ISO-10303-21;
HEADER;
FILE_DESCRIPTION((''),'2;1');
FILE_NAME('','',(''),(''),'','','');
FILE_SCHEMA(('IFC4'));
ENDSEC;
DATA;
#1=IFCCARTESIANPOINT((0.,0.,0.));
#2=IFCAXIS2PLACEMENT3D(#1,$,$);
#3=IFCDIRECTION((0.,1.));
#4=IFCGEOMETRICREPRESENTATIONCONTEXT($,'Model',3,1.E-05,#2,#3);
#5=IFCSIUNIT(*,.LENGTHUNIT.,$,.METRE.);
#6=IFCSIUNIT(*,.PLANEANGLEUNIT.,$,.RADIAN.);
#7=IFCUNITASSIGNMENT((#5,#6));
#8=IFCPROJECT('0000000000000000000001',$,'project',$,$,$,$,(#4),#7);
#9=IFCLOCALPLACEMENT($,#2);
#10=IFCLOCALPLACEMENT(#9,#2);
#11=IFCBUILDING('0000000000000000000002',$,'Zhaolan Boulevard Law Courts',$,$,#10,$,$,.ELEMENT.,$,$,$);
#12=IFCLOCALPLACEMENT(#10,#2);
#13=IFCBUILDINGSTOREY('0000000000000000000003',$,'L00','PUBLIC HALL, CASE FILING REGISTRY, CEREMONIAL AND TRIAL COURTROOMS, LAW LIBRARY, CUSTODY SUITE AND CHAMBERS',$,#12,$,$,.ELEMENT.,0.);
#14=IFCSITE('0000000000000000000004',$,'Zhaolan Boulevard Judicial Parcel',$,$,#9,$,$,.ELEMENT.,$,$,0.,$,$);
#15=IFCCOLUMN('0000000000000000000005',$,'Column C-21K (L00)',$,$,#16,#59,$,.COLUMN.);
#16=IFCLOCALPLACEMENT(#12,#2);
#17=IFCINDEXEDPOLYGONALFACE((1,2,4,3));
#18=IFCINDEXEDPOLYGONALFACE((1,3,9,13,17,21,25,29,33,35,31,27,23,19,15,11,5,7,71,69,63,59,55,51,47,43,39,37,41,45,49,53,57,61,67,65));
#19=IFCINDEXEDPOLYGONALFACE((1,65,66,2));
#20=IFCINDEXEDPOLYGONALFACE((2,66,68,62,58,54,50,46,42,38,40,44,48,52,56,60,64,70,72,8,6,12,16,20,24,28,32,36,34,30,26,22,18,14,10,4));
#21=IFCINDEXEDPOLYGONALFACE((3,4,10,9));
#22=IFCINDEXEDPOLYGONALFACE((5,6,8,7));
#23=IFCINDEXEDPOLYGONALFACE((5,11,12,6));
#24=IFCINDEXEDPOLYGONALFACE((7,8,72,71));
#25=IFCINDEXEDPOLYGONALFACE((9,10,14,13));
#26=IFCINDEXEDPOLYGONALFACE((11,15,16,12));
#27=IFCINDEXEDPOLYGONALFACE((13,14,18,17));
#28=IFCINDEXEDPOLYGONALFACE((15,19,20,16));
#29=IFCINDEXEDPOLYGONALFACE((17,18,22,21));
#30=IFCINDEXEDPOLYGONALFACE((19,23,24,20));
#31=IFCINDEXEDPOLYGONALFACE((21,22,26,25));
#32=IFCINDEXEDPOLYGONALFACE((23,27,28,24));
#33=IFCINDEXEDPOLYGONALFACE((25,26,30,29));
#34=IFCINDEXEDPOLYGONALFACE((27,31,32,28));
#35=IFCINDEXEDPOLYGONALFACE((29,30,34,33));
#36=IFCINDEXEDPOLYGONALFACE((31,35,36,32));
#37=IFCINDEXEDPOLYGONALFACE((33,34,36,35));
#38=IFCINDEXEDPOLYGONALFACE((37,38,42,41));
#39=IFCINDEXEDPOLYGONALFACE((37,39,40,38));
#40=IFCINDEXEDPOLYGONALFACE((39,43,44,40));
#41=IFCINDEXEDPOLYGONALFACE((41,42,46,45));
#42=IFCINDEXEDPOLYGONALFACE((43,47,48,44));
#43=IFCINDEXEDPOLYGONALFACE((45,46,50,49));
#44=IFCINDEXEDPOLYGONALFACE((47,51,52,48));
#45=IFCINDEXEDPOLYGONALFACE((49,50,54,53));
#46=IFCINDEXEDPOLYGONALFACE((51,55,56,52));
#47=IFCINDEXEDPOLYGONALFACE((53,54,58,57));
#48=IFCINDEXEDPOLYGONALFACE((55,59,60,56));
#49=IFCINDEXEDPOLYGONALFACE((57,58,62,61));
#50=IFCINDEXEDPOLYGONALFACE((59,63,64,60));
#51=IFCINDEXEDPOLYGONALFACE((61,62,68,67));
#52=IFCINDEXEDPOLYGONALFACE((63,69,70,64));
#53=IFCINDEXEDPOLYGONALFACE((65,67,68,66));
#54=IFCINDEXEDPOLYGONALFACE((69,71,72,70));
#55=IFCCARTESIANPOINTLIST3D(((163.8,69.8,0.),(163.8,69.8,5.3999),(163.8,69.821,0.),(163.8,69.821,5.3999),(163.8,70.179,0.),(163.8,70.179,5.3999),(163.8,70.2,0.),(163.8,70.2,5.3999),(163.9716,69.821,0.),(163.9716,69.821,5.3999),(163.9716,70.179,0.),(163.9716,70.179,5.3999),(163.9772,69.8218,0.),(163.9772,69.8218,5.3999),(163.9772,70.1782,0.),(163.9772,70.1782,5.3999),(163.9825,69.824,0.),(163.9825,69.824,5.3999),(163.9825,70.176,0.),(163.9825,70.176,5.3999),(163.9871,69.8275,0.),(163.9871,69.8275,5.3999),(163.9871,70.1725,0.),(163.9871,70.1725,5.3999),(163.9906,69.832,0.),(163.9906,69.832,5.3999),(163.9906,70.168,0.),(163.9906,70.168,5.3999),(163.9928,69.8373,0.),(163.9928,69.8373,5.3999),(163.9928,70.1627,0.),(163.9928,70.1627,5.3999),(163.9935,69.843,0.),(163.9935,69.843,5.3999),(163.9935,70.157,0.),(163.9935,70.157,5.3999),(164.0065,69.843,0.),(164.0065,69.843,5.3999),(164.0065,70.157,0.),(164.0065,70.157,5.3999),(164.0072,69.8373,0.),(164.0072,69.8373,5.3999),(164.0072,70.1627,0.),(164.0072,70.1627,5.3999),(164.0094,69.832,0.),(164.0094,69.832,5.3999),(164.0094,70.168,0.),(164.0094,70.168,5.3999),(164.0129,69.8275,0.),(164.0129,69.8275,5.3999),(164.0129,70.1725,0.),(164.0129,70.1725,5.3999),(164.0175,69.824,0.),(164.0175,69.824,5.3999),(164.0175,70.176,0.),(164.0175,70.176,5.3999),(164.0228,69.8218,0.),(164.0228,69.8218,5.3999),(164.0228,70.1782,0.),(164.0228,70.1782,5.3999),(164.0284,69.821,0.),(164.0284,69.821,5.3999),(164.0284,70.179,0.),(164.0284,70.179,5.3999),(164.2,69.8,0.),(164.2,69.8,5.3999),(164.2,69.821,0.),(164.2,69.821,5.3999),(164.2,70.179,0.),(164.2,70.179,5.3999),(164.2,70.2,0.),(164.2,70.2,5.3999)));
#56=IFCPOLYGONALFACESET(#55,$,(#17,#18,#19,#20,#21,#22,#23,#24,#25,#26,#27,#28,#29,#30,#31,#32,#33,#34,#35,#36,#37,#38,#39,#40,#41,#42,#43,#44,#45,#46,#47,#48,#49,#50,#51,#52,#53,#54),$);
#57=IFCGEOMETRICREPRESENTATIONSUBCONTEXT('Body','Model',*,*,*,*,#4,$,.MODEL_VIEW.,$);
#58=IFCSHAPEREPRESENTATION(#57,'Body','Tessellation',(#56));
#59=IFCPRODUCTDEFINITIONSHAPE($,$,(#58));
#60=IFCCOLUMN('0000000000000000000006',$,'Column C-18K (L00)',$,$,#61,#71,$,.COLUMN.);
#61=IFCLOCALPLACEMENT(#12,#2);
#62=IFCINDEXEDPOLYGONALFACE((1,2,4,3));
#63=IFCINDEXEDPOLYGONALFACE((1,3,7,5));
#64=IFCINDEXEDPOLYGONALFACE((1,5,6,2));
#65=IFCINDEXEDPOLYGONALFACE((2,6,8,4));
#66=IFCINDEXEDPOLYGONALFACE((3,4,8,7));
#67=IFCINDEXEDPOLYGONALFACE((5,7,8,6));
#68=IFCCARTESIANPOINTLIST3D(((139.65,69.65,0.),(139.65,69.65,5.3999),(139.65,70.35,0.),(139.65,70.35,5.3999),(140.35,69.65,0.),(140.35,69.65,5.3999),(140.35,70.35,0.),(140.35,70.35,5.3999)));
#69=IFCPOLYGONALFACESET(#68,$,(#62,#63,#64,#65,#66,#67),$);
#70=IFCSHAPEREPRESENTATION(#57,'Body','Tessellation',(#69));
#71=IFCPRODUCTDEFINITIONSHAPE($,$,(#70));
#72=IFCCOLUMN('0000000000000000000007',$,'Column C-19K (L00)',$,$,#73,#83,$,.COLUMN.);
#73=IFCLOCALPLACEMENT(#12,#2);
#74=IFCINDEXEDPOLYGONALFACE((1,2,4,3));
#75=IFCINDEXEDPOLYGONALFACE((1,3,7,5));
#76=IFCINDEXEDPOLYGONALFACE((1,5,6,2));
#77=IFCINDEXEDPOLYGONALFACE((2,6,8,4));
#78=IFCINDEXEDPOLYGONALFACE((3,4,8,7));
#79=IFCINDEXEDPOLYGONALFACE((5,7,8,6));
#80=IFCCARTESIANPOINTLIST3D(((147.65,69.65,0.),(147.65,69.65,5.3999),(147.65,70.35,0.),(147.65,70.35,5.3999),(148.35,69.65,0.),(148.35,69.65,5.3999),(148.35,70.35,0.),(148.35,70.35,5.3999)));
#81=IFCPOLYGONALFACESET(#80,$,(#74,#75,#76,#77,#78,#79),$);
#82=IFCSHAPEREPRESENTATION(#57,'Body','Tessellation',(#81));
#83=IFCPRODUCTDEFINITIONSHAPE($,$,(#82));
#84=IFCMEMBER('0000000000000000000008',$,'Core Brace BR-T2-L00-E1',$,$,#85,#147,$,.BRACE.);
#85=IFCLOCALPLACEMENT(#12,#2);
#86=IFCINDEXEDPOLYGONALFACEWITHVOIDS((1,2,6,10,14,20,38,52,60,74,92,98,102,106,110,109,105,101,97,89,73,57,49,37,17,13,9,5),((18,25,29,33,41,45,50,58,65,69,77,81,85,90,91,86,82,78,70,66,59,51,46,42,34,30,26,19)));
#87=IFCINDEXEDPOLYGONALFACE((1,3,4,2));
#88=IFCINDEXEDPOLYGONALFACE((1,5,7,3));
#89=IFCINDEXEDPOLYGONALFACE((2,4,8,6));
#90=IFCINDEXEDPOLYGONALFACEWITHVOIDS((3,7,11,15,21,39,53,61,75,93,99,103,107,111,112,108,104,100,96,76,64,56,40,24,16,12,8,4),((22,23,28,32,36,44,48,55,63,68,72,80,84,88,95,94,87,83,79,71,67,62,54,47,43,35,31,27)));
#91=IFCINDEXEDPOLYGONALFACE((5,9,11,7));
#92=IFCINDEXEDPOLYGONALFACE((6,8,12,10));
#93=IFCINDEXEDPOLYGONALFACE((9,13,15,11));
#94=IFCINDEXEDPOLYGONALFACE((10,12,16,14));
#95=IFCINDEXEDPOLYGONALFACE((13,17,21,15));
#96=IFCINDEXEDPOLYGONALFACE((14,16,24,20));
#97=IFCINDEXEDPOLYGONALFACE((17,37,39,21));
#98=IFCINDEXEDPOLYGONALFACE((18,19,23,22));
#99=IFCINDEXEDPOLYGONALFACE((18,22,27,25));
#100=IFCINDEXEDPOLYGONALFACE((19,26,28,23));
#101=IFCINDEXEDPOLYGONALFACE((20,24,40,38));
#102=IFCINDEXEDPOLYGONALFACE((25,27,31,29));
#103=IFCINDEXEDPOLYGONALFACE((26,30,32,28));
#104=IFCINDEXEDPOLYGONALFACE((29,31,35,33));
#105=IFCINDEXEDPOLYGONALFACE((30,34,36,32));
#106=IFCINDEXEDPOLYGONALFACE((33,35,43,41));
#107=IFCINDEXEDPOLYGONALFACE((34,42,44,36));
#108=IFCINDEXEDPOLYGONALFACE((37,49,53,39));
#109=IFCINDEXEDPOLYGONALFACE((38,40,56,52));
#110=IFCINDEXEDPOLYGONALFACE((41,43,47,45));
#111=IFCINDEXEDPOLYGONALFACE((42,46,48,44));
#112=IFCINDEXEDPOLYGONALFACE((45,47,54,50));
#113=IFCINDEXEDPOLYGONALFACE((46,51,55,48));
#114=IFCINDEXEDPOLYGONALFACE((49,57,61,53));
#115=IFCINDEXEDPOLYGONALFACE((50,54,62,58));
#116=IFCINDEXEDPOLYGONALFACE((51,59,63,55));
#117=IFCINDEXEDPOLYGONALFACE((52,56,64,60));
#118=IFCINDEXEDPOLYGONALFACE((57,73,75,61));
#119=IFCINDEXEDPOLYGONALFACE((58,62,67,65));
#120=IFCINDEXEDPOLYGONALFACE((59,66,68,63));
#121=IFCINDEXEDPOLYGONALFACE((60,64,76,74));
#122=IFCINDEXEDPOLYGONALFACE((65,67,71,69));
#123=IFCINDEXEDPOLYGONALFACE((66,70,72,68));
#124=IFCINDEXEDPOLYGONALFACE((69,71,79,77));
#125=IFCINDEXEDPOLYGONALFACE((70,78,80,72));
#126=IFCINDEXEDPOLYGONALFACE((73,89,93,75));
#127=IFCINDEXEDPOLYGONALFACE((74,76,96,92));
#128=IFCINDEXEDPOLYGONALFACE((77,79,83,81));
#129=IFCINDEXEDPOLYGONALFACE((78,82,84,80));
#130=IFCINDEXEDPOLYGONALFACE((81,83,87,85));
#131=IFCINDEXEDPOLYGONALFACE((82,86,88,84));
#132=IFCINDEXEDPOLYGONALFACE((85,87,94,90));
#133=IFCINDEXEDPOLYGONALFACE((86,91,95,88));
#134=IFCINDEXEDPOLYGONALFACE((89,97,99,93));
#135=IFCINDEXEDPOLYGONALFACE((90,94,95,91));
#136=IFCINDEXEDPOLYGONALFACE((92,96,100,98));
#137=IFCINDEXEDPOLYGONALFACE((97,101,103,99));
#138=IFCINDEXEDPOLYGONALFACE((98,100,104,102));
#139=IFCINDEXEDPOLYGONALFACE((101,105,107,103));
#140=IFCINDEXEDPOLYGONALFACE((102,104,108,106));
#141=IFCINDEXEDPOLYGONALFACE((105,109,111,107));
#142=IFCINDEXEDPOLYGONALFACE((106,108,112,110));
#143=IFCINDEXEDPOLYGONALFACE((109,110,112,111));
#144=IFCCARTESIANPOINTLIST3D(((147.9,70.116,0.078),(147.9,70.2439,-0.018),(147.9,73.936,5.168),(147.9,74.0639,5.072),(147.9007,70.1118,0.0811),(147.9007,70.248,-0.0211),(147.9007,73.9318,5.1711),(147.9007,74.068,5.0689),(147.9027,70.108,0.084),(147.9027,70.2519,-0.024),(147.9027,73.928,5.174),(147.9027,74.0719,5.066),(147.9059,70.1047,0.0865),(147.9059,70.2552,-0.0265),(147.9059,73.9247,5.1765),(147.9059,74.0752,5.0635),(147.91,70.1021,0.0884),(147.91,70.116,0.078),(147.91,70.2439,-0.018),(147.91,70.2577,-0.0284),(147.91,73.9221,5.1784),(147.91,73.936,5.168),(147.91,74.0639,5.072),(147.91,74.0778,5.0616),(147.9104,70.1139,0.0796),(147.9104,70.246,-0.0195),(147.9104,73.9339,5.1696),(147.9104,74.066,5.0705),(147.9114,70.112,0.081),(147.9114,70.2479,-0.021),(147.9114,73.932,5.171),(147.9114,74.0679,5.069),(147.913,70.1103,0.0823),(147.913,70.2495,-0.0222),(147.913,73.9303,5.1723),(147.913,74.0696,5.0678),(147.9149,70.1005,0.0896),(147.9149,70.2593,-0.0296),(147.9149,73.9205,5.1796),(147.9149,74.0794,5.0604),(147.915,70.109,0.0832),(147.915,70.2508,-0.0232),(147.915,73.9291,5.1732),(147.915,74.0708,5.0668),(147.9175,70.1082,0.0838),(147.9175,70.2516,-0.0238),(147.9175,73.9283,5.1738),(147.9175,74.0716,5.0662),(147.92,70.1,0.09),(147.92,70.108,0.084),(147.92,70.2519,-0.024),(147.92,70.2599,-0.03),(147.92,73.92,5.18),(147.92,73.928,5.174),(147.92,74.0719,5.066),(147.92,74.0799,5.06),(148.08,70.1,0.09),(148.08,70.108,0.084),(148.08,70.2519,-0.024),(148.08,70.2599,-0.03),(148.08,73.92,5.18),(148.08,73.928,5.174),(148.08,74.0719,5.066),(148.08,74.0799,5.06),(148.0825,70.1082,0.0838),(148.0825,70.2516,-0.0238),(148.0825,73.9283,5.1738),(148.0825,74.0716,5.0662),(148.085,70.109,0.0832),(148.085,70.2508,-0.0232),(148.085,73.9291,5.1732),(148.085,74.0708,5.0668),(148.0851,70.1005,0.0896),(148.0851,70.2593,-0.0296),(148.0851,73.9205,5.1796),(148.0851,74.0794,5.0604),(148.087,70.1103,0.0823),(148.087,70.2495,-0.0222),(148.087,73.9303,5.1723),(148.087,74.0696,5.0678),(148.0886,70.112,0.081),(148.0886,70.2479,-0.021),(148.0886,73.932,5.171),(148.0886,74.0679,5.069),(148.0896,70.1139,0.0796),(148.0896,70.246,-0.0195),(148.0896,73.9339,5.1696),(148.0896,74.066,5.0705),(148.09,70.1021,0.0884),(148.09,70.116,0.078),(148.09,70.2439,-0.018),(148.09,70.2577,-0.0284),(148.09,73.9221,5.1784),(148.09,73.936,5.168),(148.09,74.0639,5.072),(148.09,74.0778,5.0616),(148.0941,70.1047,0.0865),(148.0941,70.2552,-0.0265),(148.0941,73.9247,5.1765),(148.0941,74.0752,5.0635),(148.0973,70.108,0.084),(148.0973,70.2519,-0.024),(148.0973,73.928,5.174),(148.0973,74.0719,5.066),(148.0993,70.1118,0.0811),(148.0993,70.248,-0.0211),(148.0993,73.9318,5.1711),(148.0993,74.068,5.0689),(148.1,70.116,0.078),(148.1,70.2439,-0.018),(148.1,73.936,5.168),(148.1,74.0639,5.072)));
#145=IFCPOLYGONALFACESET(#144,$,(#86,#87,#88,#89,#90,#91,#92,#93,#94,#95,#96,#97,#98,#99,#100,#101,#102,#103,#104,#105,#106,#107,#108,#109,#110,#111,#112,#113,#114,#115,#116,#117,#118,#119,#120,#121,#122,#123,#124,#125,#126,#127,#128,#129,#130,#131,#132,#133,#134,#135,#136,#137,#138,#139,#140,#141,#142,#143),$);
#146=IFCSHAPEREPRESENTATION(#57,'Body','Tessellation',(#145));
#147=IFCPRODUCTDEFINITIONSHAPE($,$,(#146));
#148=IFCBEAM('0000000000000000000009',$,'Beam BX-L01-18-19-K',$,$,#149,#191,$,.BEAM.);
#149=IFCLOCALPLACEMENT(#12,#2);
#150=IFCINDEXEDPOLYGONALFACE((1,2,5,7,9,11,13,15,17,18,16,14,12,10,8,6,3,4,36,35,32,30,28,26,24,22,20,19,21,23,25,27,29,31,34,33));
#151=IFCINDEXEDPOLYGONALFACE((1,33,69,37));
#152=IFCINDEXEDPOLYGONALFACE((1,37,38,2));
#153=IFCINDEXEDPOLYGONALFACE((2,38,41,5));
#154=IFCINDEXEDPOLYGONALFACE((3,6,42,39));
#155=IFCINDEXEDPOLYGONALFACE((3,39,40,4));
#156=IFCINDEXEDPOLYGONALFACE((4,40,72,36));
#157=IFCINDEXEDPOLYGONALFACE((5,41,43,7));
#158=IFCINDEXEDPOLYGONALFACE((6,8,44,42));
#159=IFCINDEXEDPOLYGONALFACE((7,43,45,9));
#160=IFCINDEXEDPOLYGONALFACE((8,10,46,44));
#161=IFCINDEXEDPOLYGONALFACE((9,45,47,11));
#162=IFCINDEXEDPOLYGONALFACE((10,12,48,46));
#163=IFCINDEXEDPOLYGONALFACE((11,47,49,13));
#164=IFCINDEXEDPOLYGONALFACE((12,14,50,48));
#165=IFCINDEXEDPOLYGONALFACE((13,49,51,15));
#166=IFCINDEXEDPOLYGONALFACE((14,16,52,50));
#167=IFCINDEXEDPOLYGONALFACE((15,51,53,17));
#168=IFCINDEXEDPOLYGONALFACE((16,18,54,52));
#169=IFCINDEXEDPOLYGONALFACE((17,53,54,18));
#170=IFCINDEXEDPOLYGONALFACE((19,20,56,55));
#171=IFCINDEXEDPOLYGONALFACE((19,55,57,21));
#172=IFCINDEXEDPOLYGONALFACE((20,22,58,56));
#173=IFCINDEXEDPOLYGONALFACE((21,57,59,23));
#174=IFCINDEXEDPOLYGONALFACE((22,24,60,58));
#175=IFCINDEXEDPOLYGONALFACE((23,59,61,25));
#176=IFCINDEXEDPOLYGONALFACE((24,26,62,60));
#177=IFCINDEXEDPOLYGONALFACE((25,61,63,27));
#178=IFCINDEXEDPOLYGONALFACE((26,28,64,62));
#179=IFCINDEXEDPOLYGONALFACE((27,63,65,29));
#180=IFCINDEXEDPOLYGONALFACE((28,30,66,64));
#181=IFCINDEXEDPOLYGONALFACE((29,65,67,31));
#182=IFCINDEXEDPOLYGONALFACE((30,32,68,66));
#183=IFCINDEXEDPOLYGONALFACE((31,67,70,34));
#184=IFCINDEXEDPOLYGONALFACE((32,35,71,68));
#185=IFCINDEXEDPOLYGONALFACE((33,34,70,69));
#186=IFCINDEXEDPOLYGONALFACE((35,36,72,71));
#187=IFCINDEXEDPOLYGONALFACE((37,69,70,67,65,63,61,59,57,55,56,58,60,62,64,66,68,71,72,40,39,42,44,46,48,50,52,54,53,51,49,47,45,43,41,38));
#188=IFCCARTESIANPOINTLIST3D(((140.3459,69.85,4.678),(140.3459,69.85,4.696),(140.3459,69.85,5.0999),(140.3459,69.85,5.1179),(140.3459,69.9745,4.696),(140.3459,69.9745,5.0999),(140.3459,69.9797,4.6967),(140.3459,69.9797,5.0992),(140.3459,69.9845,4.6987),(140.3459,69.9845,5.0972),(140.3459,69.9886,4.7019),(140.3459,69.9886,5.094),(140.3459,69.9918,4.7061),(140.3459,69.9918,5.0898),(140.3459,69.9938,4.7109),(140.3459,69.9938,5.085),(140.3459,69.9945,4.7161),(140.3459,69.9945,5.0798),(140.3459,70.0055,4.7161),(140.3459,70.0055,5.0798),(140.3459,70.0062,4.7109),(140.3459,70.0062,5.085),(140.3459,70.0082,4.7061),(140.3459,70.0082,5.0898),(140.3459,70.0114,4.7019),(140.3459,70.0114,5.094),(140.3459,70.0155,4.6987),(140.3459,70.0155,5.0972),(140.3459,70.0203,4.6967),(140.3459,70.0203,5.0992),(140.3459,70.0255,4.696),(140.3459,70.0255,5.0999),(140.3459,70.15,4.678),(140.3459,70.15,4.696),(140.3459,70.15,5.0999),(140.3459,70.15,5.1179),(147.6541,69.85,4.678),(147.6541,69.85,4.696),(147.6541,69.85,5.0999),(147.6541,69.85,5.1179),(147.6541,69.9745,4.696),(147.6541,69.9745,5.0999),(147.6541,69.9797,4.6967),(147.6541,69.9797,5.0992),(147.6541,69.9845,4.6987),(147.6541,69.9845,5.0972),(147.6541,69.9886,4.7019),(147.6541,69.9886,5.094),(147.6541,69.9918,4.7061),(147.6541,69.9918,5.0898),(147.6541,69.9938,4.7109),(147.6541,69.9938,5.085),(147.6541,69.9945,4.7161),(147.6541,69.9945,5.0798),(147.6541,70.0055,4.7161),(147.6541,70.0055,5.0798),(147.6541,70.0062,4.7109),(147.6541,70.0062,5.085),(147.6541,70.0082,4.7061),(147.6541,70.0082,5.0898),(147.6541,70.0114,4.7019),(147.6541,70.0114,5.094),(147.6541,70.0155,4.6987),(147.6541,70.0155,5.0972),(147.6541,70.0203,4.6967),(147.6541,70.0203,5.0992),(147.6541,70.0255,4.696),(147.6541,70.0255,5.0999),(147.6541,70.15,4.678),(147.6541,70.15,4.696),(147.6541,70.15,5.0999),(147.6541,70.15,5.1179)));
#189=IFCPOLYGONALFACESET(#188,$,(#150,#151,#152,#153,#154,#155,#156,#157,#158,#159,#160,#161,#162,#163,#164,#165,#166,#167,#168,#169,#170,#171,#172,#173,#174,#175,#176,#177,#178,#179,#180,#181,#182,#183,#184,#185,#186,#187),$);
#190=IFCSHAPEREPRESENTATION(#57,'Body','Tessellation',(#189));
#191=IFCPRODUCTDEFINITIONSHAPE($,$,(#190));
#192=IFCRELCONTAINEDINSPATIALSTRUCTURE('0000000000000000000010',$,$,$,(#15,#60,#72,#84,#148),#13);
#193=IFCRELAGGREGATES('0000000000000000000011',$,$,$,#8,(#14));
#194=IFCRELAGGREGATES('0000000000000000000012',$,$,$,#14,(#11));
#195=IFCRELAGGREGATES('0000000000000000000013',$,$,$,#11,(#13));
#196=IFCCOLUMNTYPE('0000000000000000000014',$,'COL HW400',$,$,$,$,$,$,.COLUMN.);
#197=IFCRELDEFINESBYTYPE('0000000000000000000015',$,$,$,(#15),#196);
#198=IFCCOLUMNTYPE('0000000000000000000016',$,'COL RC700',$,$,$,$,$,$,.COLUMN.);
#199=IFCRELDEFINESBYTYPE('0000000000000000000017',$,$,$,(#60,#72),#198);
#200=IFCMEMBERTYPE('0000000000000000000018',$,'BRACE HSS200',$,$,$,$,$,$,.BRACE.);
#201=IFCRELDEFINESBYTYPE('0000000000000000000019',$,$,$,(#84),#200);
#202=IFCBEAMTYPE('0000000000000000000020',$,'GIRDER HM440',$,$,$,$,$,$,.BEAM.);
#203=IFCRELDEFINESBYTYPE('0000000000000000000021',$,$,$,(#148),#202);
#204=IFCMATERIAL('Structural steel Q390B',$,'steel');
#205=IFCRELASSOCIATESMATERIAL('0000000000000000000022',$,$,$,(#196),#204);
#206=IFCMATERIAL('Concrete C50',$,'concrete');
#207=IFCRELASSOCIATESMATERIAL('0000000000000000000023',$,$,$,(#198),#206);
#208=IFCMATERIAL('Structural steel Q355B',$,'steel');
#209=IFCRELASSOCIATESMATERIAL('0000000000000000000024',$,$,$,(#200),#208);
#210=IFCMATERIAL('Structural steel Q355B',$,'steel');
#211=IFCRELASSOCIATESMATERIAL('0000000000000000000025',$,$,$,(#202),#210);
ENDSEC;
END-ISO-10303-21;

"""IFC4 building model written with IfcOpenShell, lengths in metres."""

from ifc_helpers import new_model, si_unit, direction, frame, origin, origin_2d, place, context, subcontext, project, spatial, rectangle, hollow_rectangle, i_section, extrude, material, material_profile, profile_set, type_object, element, save


model = new_model("IFC4")

# Units and contexts
model_context = context("Model", 3, precision=1e-05, world=origin(), true_north=direction((0.0, 1.0)))
body_context = subcontext(model_context, "Body", "Model", "MODEL_VIEW")
ifc_project = project(units=[si_unit("LENGTHUNIT", "METRE"), si_unit("PLANEANGLEUNIT", "RADIAN")], contexts=[model_context])

# Site, building, storey
site_placement = place(None, origin())
site = spatial("IfcSite", under=ifc_project, at=site_placement, Name="Zhaolan Boulevard Judicial Parcel", CompositionType="ELEMENT", RefElevation=0.0)
building_placement = place(site_placement, origin())
building = spatial("IfcBuilding", under=site, at=building_placement, Name="Zhaolan Boulevard Law Courts", CompositionType="ELEMENT")
storey_placement = place(building_placement, origin())
storey = spatial("IfcBuildingStorey", under=building, at=storey_placement, Name="L00", Description="PUBLIC HALL, CASE FILING REGISTRY, CEREMONIAL AND TRIAL COURTROOMS, LAW LIBRARY, CUSTODY SUITE AND CHAMBERS", CompositionType="ELEMENT", Elevation=0.0)

# Columns
ifc_material_1 = material(Name="Structural steel Q390B", Category="steel")
ifc_material_profile_1 = material_profile(ifc_material_1, i_section(OverallWidth=0.3999, OverallDepth=0.3999, WebThickness=0.0129, FlangeThickness=0.021, FilletRadius=0.022, at=origin_2d()), Name="HW400x400")
ifc_profile_set_1 = profile_set([ifc_material_profile_1], Name="Structural steel Q390B")
column_type_1 = type_object("IfcColumnType", Name="COL HW400", PredefinedType="COLUMN", material=ifc_profile_set_1)
column_placement = place(storey_placement, frame((164.0, 70.0, 0.0), z_axis=(0.0, 0.0, 1.0), x_axis=(1.0, 0.0, 0.0)))
element("IfcColumn", 1, at=column_placement, inside=storey, type_object=column_type_1, Name="Column C-21K (L00)", PredefinedType="COLUMN", context=body_context, shape_type="SweptSolid", body=[
    extrude(i_section(OverallWidth=0.3999, OverallDepth=0.3999, WebThickness=0.0129, FlangeThickness=0.021, FilletRadius=0.022, at=origin_2d()), origin(), (0.0, 0.0, 1.0), 5.3999),
])
ifc_material_2 = material(Name="Concrete C50", Category="concrete")
ifc_material_profile_2 = material_profile(ifc_material_2, rectangle(XDim=0.7, YDim=0.7, at=origin_2d()), Name="RC700x700")
ifc_profile_set_2 = profile_set([ifc_material_profile_2], Name="Concrete C50")
column_type_2 = type_object("IfcColumnType", Name="COL RC700", PredefinedType="COLUMN", material=ifc_profile_set_2)
for number, where, z_axis, x_axis, name in (
    (2, (140.0, 70.0, 0.0), (0.0, 0.0, 1.0), (1.0, 0.0, 0.0), "Column C-18K (L00)"),
    (3, (148.0, 70.0, 0.0), (0.0, 0.0, 1.0), (1.0, 0.0, 0.0), "Column C-19K (L00)"),
):
    element("IfcColumn", number, at=place(storey_placement, frame(where, z_axis=z_axis, x_axis=x_axis)), inside=storey, type_object=column_type_2, Name=name, PredefinedType="COLUMN", context=body_context, shape_type="SweptSolid", body=[
        extrude(rectangle(XDim=0.7, YDim=0.7, at=origin_2d()), origin(), (0.0, 0.0, 1.0), 5.3999),
    ])

# Member
ifc_material_3 = material(Name="Structural steel Q355B", Category="steel")
ifc_material_profile_3 = material_profile(ifc_material_3, hollow_rectangle(XDim=0.2, YDim=0.2, WallThickness=0.01, InnerFilletRadius=0.01, OuterFilletRadius=0.02, at=origin_2d()), Name="HSS200x200x10")
ifc_profile_set_3 = profile_set([ifc_material_profile_3], Name="Structural steel Q355B")
member_type = type_object("IfcMemberType", Name="BRACE HSS200", PredefinedType="BRACE", material=ifc_profile_set_3)
member_placement = place(storey_placement, frame((148.0, 70.1799, 0.03), z_axis=(0.0, 0.600252, 0.799811), x_axis=(-1.0, 0.0, 0.0)))
element("IfcMember", 4, at=member_placement, inside=storey, type_object=member_type, Name="Core Brace BR-T2-L00-E1", PredefinedType="BRACE", context=body_context, shape_type="SweptSolid", body=[
    extrude(hollow_rectangle(XDim=0.2, YDim=0.2, WallThickness=0.01, InnerFilletRadius=0.01, OuterFilletRadius=0.02, at=origin_2d()), origin(), (0.0, 0.0, 1.0), 6.364),
])

# Beam
ifc_material_4 = material(Name="Structural steel Q355B", Category="steel")
ifc_material_profile_4 = material_profile(ifc_material_4, i_section(OverallWidth=0.3, OverallDepth=0.4399, WebThickness=0.011, FlangeThickness=0.0181, FilletRadius=0.02, at=origin_2d()), Name="HM440x300")
ifc_profile_set_4 = profile_set([ifc_material_profile_4], Name="Structural steel Q355B")
beam_type_1 = type_object("IfcBeamType", Name="GIRDER HM440", PredefinedType="BEAM", material=ifc_profile_set_4)
beam_1_placement = place(storey_placement, frame((140.3459, 70.0, 4.8979), z_axis=(1.0, 0.0, 0.0), x_axis=(0.0, 1.0, 0.0)))
element("IfcBeam", 5, at=beam_1_placement, inside=storey, type_object=beam_type_1, Name="Beam BX-L01-18-19-K", PredefinedType="BEAM", context=body_context, shape_type="SweptSolid", body=[
    extrude(i_section(OverallWidth=0.3, OverallDepth=0.4399, WebThickness=0.011, FlangeThickness=0.0181, FilletRadius=0.02, at=origin_2d()), origin(), (0.0, 0.0, 1.0), 7.3081),
])

save(model, "model.ifc")
